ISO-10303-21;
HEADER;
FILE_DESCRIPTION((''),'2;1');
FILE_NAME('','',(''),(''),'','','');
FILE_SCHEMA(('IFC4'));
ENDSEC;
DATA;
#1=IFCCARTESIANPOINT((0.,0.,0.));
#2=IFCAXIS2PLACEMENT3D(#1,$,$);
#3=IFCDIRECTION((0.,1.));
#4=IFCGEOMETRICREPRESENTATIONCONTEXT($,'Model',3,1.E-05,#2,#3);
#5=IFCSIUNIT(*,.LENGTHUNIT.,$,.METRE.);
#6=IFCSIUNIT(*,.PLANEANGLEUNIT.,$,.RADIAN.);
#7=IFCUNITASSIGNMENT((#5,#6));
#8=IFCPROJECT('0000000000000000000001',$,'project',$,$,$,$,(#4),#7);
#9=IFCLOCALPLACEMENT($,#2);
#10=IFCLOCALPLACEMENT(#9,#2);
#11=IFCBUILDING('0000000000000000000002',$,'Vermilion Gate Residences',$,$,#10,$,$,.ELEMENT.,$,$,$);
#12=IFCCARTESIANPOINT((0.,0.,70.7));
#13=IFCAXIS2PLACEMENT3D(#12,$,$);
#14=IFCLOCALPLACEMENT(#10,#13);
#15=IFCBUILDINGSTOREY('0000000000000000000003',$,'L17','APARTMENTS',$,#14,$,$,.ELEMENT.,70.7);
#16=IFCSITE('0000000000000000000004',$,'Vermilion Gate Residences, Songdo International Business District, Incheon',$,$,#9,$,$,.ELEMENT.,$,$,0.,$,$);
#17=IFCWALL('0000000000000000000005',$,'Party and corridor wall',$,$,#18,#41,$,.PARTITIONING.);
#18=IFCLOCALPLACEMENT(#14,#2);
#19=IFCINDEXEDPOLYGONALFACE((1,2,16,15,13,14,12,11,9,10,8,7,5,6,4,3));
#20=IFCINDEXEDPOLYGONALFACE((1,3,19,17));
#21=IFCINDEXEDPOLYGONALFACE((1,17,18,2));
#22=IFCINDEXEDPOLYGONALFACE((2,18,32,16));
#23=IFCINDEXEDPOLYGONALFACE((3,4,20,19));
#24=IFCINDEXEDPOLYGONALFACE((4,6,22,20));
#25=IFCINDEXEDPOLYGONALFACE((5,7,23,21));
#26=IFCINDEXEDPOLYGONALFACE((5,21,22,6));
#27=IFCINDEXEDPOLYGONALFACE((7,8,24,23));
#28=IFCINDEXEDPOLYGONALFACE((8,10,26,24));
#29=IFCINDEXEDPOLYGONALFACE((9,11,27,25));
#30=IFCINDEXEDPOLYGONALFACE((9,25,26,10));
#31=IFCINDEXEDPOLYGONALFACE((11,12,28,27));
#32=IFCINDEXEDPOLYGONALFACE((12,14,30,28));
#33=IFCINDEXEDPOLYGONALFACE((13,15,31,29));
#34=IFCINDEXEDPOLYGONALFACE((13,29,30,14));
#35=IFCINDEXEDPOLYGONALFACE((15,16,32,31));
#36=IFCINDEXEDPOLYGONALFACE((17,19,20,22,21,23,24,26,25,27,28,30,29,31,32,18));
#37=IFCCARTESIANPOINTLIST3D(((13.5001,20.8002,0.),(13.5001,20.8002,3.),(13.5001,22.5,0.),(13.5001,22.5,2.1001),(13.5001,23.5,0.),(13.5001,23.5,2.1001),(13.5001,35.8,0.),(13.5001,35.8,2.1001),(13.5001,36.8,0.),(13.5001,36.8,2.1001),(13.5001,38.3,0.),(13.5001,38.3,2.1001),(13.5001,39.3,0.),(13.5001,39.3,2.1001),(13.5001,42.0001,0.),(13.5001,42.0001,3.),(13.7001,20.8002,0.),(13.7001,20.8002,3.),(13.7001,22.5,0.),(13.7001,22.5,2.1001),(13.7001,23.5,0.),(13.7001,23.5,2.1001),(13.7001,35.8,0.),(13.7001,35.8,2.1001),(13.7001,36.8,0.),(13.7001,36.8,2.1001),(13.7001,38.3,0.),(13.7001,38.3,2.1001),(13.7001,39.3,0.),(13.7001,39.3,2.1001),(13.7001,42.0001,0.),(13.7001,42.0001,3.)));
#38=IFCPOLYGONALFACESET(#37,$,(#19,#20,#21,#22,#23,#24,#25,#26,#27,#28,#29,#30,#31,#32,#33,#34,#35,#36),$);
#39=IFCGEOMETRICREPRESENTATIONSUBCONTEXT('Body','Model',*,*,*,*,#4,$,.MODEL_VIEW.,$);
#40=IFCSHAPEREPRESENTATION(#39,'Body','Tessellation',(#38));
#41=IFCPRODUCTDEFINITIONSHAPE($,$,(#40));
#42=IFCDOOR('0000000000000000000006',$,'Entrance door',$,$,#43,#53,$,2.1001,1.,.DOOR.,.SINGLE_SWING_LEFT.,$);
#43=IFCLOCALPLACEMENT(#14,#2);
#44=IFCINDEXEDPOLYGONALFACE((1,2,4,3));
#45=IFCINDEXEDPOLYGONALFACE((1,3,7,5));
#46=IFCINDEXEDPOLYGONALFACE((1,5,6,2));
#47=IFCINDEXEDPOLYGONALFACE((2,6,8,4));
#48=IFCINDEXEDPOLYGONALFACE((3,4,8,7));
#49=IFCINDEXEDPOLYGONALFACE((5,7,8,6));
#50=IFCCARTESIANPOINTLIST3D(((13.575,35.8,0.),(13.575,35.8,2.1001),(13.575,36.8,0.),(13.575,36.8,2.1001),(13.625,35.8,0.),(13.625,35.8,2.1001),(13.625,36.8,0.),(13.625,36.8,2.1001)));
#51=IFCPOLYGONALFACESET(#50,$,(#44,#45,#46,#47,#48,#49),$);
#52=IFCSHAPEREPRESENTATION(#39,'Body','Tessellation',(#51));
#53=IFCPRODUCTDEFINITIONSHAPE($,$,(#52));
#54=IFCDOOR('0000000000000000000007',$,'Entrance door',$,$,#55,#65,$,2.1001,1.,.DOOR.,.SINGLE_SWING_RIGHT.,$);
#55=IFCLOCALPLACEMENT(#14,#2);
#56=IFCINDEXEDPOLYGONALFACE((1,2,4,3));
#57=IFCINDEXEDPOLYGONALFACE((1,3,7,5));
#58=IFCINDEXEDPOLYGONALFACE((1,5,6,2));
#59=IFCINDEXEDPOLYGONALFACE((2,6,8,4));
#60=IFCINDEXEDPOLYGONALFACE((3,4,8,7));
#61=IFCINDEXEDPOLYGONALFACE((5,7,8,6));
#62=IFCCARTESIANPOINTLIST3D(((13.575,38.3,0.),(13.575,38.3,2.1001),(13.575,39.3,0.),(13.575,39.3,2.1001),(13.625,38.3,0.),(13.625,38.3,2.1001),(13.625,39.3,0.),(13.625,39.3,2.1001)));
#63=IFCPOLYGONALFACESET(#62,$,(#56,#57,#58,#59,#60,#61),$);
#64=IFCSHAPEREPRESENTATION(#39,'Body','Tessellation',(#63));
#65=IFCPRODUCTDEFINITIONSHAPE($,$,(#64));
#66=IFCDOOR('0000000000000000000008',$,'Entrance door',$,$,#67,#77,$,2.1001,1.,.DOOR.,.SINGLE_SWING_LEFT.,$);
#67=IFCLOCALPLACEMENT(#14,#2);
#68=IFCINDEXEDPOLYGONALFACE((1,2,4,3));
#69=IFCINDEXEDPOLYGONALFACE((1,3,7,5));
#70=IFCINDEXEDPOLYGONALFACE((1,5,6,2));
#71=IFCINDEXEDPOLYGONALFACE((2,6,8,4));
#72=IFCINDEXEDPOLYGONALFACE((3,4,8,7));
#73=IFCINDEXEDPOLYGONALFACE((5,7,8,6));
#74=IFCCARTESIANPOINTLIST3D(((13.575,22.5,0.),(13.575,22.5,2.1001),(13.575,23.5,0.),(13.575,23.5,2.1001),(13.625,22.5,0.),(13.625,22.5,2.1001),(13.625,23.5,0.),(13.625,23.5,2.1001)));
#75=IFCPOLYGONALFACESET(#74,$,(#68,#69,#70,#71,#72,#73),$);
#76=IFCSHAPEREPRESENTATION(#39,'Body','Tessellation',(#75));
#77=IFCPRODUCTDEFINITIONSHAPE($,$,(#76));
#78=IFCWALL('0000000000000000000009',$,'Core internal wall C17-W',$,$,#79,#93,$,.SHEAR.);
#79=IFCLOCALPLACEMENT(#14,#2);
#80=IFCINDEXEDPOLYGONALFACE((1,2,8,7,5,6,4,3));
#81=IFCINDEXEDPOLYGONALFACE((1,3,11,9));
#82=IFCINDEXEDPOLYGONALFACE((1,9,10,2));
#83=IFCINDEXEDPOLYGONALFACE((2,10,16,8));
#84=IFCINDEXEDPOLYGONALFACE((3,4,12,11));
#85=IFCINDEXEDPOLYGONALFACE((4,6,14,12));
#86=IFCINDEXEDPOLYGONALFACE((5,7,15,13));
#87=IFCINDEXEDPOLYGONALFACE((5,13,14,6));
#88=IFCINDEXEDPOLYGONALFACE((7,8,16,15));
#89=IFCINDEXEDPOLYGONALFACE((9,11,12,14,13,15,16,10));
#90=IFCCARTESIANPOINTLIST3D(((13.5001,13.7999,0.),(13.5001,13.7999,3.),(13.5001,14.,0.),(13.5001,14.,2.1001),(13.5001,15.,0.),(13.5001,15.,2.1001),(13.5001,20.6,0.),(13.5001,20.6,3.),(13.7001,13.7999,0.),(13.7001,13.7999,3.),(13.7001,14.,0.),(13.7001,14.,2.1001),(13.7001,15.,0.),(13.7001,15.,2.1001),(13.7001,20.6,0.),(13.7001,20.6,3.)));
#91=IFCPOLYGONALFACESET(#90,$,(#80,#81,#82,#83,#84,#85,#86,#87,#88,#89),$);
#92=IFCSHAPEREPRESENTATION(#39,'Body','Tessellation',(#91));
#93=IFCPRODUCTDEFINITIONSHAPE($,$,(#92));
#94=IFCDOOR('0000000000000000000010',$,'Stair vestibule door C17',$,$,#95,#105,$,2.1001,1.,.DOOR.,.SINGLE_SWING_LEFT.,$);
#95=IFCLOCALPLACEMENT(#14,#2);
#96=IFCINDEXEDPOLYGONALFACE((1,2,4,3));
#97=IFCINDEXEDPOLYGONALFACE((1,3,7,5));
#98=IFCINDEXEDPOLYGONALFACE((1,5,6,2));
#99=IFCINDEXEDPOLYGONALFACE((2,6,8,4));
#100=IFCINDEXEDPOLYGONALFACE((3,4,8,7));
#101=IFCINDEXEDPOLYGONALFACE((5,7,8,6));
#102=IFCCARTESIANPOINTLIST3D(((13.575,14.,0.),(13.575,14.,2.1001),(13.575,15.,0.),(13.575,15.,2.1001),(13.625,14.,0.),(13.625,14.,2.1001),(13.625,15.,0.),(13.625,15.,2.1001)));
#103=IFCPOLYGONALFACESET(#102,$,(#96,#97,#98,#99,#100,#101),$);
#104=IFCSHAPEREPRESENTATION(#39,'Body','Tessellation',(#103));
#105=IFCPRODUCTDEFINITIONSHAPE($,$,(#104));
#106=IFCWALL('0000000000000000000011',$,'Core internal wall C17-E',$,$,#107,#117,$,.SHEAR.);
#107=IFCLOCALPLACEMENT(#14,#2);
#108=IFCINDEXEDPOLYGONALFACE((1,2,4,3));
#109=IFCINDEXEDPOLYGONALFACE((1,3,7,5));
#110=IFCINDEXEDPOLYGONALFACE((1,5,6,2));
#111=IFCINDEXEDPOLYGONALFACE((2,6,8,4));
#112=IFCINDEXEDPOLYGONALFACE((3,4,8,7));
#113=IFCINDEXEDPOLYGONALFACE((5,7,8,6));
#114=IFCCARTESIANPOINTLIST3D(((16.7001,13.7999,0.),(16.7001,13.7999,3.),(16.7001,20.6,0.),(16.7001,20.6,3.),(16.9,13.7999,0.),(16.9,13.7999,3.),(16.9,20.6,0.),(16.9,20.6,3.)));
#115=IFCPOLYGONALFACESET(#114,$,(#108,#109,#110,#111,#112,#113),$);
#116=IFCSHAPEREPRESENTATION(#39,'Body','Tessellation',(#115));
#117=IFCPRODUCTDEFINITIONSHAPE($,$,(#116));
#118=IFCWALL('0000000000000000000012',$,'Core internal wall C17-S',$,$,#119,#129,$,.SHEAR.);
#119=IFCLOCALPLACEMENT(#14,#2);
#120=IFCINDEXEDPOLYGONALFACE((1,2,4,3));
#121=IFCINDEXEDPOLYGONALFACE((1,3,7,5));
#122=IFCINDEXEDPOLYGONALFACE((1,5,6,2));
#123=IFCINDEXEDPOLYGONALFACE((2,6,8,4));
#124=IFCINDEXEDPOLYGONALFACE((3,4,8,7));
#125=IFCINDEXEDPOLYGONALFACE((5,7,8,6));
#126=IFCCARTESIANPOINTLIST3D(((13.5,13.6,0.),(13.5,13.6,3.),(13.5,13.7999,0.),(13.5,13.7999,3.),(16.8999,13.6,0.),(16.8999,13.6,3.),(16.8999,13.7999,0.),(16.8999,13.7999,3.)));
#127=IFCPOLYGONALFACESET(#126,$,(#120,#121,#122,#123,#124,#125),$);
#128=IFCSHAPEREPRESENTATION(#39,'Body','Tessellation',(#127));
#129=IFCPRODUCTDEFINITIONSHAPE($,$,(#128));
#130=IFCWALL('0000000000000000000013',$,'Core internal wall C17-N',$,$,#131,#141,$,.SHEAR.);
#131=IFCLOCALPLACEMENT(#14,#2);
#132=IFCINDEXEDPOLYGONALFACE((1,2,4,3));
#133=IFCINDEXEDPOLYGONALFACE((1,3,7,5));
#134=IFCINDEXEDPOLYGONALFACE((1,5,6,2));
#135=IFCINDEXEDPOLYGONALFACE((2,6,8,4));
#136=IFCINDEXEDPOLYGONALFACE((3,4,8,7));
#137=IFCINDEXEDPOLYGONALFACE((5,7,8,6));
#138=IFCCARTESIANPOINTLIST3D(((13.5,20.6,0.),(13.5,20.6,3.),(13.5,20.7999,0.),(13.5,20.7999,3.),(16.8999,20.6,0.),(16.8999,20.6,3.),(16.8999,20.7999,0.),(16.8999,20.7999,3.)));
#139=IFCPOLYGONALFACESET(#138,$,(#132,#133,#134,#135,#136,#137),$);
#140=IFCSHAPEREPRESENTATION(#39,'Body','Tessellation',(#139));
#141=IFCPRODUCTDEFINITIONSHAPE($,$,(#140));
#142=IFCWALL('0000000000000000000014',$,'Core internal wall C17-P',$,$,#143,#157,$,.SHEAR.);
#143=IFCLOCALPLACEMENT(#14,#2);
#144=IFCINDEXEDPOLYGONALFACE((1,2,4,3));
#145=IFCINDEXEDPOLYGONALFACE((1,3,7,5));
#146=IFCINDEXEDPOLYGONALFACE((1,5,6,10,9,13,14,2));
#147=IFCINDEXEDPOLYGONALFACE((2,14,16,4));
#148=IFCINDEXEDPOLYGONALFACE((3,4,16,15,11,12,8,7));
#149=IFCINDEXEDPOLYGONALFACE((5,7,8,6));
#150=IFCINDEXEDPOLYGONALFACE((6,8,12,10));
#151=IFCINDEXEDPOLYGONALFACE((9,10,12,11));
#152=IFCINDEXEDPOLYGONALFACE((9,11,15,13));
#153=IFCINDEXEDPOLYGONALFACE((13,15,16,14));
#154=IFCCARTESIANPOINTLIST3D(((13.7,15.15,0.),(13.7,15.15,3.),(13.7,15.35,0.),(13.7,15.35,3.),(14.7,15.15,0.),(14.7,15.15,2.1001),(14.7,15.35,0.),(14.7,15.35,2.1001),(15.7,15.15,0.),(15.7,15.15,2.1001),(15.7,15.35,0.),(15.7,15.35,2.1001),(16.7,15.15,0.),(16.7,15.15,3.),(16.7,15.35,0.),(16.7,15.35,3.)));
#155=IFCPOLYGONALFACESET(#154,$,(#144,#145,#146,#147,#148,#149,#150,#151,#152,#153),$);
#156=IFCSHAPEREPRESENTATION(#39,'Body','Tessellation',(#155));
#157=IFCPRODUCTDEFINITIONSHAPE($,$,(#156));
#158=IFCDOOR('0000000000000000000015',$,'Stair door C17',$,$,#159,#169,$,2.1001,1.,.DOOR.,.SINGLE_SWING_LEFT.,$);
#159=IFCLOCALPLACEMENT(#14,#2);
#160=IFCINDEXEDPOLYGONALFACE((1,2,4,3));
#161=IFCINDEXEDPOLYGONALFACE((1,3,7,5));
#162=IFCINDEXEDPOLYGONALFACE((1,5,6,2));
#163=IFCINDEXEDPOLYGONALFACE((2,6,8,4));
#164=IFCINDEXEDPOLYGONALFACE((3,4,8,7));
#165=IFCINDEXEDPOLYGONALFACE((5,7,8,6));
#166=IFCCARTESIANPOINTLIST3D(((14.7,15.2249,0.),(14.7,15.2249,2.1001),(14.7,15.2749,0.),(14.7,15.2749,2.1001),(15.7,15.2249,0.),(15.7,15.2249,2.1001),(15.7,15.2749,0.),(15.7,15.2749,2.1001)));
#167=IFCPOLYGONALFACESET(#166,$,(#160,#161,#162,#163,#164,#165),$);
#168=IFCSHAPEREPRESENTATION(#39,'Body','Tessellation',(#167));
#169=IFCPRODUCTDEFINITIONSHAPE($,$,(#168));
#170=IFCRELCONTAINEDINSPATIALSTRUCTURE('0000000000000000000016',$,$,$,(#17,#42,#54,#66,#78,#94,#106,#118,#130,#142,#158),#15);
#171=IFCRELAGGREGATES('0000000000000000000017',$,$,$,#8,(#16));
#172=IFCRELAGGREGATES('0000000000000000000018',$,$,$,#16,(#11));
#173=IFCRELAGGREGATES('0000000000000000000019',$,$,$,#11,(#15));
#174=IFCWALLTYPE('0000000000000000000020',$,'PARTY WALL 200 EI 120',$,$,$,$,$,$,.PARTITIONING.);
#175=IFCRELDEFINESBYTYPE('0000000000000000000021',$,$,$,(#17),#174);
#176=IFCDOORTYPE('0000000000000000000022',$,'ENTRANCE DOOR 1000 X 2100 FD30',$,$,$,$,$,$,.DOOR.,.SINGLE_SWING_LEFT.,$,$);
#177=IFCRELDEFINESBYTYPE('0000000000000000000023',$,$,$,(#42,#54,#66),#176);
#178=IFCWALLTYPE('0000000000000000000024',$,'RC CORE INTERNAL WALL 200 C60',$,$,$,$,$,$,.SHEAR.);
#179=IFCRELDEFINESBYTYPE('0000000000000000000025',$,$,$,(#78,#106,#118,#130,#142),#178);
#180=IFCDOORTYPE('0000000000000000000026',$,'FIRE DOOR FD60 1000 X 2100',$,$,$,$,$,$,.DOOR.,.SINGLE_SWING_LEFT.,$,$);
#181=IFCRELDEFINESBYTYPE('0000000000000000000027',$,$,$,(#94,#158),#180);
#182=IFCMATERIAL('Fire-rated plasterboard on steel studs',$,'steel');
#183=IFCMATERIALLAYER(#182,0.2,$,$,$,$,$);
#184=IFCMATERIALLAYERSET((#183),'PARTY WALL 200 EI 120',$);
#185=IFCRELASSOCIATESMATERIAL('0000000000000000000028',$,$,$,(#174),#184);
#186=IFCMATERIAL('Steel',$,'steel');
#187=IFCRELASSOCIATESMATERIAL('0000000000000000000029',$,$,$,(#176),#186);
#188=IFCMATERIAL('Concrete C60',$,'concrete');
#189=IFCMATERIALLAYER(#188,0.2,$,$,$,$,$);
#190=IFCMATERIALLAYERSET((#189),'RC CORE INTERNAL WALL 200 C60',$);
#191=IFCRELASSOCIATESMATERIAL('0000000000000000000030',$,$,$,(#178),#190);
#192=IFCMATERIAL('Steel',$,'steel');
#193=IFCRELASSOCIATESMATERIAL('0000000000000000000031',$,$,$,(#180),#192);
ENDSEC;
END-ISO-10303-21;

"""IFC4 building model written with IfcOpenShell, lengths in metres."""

from ifc_helpers import new_model, si_unit, direction, frame, frame_2d, origin, place, context, subcontext, project, spatial, rectangle, extrude, material, layer, layer_set, type_object, element, fill, save


model = new_model("IFC4")

# Units and contexts
model_context = context("Model", 3, precision=1e-05, world=origin(), true_north=direction((0.0, 1.0)))
body_context = subcontext(model_context, "Body", "Model", "MODEL_VIEW")
ifc_project = project(units=[si_unit("LENGTHUNIT", "METRE"), si_unit("PLANEANGLEUNIT", "RADIAN")], contexts=[model_context])

# Site, building, storey
site_placement = place(None, origin())
site = spatial("IfcSite", under=ifc_project, at=site_placement, Name="Vermilion Gate Residences, Songdo International Business District, Incheon", CompositionType="ELEMENT", RefElevation=0.0)
building_placement = place(site_placement, origin())
building = spatial("IfcBuilding", under=site, at=building_placement, Name="Vermilion Gate Residences", CompositionType="ELEMENT")
storey_placement = place(building_placement, frame((0.0, 0.0, 70.7)))
storey = spatial("IfcBuildingStorey", under=building, at=storey_placement, Name="L17", Description="APARTMENTS", CompositionType="ELEMENT", Elevation=70.7)

# Wall, openings, doors
ifc_material_1 = material(Name="Fire-rated plasterboard on steel studs", Category="steel")
ifc_layer_1 = layer(ifc_material_1, 0.2)
ifc_layer_set_1 = layer_set([ifc_layer_1], Name="PARTY WALL 200 EI 120")
wall_type_1 = type_object("IfcWallType", Name="PARTY WALL 200 EI 120", PredefinedType="PARTITIONING", material=ifc_layer_set_1)
ifc_material_2 = material(Name="Steel", Category="steel")
door_type_1 = type_object("IfcDoorType", Name="ENTRANCE DOOR 1000 X 2100 FD30", OperationType="SINGLE_SWING_LEFT", PredefinedType="DOOR", material=ifc_material_2)
wall_1_placement = place(storey_placement, frame((13.6001, 20.8, 0.0), z_axis=(0.0, 0.0, 1.0), x_axis=(0.0, 1.0, 0.0)))
wall_1 = element("IfcWall", 1, at=wall_1_placement, inside=storey, type_object=wall_type_1, Name="Party and corridor wall", PredefinedType="PARTITIONING", context=body_context, shape_type="SweptSolid", body=[
    extrude(rectangle(XDim=21.2, YDim=0.2, at=frame_2d((10.6001, 0.0))), origin(), (0.0, 0.0, 1.0), 3.0),
])
opening_1_placement = place(wall_1_placement, frame((15.0, 0.0, 0.0)))
opening_1 = element("IfcOpeningElement", 2, at=opening_1_placement, cuts=wall_1, PredefinedType="OPENING", context=body_context, shape_type="SweptSolid", body=[
    extrude(rectangle(XDim=1.0, YDim=2.1001, at=frame_2d((0.5, 1.05))), frame((0.0, 0.1099, 0.0), z_axis=(0.0, -1.0, 0.0), x_axis=(1.0, 0.0, 0.0)), (0.0, 0.0, 1.0), 0.22),
])
opening_2_placement = place(wall_1_placement, frame((17.5, 0.0, 0.0)))
opening_2 = element("IfcOpeningElement", 3, at=opening_2_placement, cuts=wall_1, PredefinedType="OPENING", context=body_context, shape_type="SweptSolid", body=[
    extrude(rectangle(XDim=1.0, YDim=2.1001, at=frame_2d((0.5, 1.05))), frame((0.0, 0.1099, 0.0), z_axis=(0.0, -1.0, 0.0), x_axis=(1.0, 0.0, 0.0)), (0.0, 0.0, 1.0), 0.22),
])
opening_3_placement = place(wall_1_placement, frame((1.7, 0.0, 0.0)))
opening_3 = element("IfcOpeningElement", 4, at=opening_3_placement, cuts=wall_1, PredefinedType="OPENING", context=body_context, shape_type="SweptSolid", body=[
    extrude(rectangle(XDim=1.0, YDim=2.1001, at=frame_2d((0.5, 1.05))), frame((0.0, 0.1099, 0.0), z_axis=(0.0, -1.0, 0.0), x_axis=(1.0, 0.0, 0.0)), (0.0, 0.0, 1.0), 0.22),
])
door_1_placement = place(opening_1_placement, frame((1.0, 0.0, 0.0), z_axis=(0.0, 0.0, 1.0), x_axis=(-1.0, 0.0, 0.0)))
door_1 = element("IfcDoor", 5, at=door_1_placement, inside=storey, type_object=door_type_1, Name="Entrance door", OperationType="SINGLE_SWING_LEFT", OverallHeight=2.1001, OverallWidth=1.0, PredefinedType="DOOR", context=body_context, shape_type="SweptSolid", body=[
    extrude(rectangle(XDim=1.0, YDim=2.1001, at=frame_2d((0.5, 1.05))), frame((0.0, 0.0249, 0.0), z_axis=(0.0, -1.0, 0.0), x_axis=(1.0, 0.0, 0.0)), (0.0, 0.0, 1.0), 0.05),
])
fill(opening_1, door_1)
door_2_placement = place(opening_2_placement, frame((1.0, 0.0, 0.0), z_axis=(0.0, 0.0, 1.0), x_axis=(-1.0, 0.0, 0.0)))
door_2 = element("IfcDoor", 6, at=door_2_placement, inside=storey, type_object=door_type_1, Name="Entrance door", OperationType="SINGLE_SWING_RIGHT", OverallHeight=2.1001, OverallWidth=1.0, PredefinedType="DOOR", context=body_context, shape_type="SweptSolid", body=[
    extrude(rectangle(XDim=1.0, YDim=2.1001, at=frame_2d((0.5, 1.05))), frame((0.0, 0.0249, 0.0), z_axis=(0.0, -1.0, 0.0), x_axis=(1.0, 0.0, 0.0)), (0.0, 0.0, 1.0), 0.05),
])
fill(opening_2, door_2)
door_3_placement = place(opening_3_placement, frame((1.0, 0.0, 0.0), z_axis=(0.0, 0.0, 1.0), x_axis=(-1.0, 0.0, 0.0)))
door_3 = element("IfcDoor", 7, at=door_3_placement, inside=storey, type_object=door_type_1, Name="Entrance door", OperationType="SINGLE_SWING_LEFT", OverallHeight=2.1001, OverallWidth=1.0, PredefinedType="DOOR", context=body_context, shape_type="SweptSolid", body=[
    extrude(rectangle(XDim=1.0, YDim=2.1001, at=frame_2d((0.5, 1.05))), frame((0.0, 0.0249, 0.0), z_axis=(0.0, -1.0, 0.0), x_axis=(1.0, 0.0, 0.0)), (0.0, 0.0, 1.0), 0.05),
])
fill(opening_3, door_3)

# Wall, opening, door
ifc_material_3 = material(Name="Concrete C60", Category="concrete")
ifc_layer_2 = layer(ifc_material_3, 0.2)
ifc_layer_set_2 = layer_set([ifc_layer_2], Name="RC CORE INTERNAL WALL 200 C60")
wall_type_2 = type_object("IfcWallType", Name="RC CORE INTERNAL WALL 200 C60", PredefinedType="SHEAR", material=ifc_layer_set_2)
wall_2_placement = place(storey_placement, frame((13.6001, 13.8, 0.0), z_axis=(0.0, 0.0, 1.0), x_axis=(0.0, 1.0, 0.0)))
wall_2 = element("IfcWall", 8, at=wall_2_placement, inside=storey, type_object=wall_type_2, Name="Core internal wall C17-W", PredefinedType="SHEAR", context=body_context, shape_type="SweptSolid", body=[
    extrude(rectangle(XDim=6.8, YDim=0.2, at=frame_2d((3.3999, 0.0))), origin(), (0.0, 0.0, 1.0), 3.0),
])
opening_4_placement = place(wall_2_placement, frame((0.2, 0.0, 0.0)))
opening_4 = element("IfcOpeningElement", 9, at=opening_4_placement, cuts=wall_2, PredefinedType="OPENING", context=body_context, shape_type="SweptSolid", body=[
    extrude(rectangle(XDim=1.0, YDim=2.1001, at=frame_2d((0.5, 1.05))), frame((0.0, 0.1099, 0.0), z_axis=(0.0, -1.0, 0.0), x_axis=(1.0, 0.0, 0.0)), (0.0, 0.0, 1.0), 0.22),
])
ifc_material_4 = material(Name="Steel", Category="steel")
door_type_2 = type_object("IfcDoorType", Name="FIRE DOOR FD60 1000 X 2100", OperationType="SINGLE_SWING_LEFT", PredefinedType="DOOR", material=ifc_material_4)
door_4_placement = place(opening_4_placement, frame((1.0, 0.0, 0.0), z_axis=(0.0, 0.0, 1.0), x_axis=(-1.0, 0.0, 0.0)))
door_4 = element("IfcDoor", 10, at=door_4_placement, inside=storey, type_object=door_type_2, Name="Stair vestibule door C17", OperationType="SINGLE_SWING_LEFT", OverallHeight=2.1001, OverallWidth=1.0, PredefinedType="DOOR", context=body_context, shape_type="SweptSolid", body=[
    extrude(rectangle(XDim=1.0, YDim=2.1001, at=frame_2d((0.5, 1.05))), frame((0.0, 0.0249, 0.0), z_axis=(0.0, -1.0, 0.0), x_axis=(1.0, 0.0, 0.0)), (0.0, 0.0, 1.0), 0.05),
])
fill(opening_4, door_4)

# Walls
wall_3_placement = place(storey_placement, frame((16.8, 13.8, 0.0), z_axis=(0.0, 0.0, 1.0), x_axis=(0.0, 1.0, 0.0)))
element("IfcWall", 11, at=wall_3_placement, inside=storey, type_object=wall_type_2, Name="Core internal wall C17-E", PredefinedType="SHEAR", context=body_context, shape_type="SweptSolid", body=[
    extrude(rectangle(XDim=6.8, YDim=0.2, at=frame_2d((3.3999, 0.0))), origin(), (0.0, 0.0, 1.0), 3.0),
])
for number, where, z_axis, x_axis, name in (
    (12, (13.5, 13.7, 0.0), (0.0, 0.0, 1.0), (1.0, 0.0, 0.0), "Core internal wall C17-S"),
    (13, (13.5, 20.7, 0.0), (0.0, 0.0, 1.0), (1.0, 0.0, 0.0), "Core internal wall C17-N"),
):
    element("IfcWall", number, at=place(storey_placement, frame(where, z_axis=z_axis, x_axis=x_axis)), inside=storey, type_object=wall_type_2, Name=name, PredefinedType="SHEAR", context=body_context, shape_type="SweptSolid", body=[
        extrude(rectangle(XDim=3.3999, YDim=0.2, at=frame_2d((1.7, 0.0))), origin(), (0.0, 0.0, 1.0), 3.0),
    ])

# Wall, opening, door
wall_4_placement = place(storey_placement, frame((13.7, 15.25, 0.0), z_axis=(0.0, 0.0, 1.0), x_axis=(1.0, 0.0, 0.0)))
wall_4 = element("IfcWall", 14, at=wall_4_placement, inside=storey, type_object=wall_type_2, Name="Core internal wall C17-P", PredefinedType="SHEAR", context=body_context, shape_type="SweptSolid", body=[
    extrude(rectangle(XDim=3.0, YDim=0.2, at=frame_2d((1.5, 0.0))), origin(), (0.0, 0.0, 1.0), 3.0),
])
opening_5_placement = place(wall_4_placement, frame((1.0, 0.0, 0.0)))
opening_5 = element("IfcOpeningElement", 15, at=opening_5_placement, cuts=wall_4, PredefinedType="OPENING", context=body_context, shape_type="SweptSolid", body=[
    extrude(rectangle(XDim=1.0, YDim=2.1001, at=frame_2d((0.5, 1.05))), frame((0.0, 0.1099, 0.0), z_axis=(0.0, -1.0, 0.0), x_axis=(1.0, 0.0, 0.0)), (0.0, 0.0, 1.0), 0.22),
])
door_5_placement = place(opening_5_placement, origin())
door_5 = element("IfcDoor", 16, at=door_5_placement, inside=storey, type_object=door_type_2, Name="Stair door C17", OperationType="SINGLE_SWING_LEFT", OverallHeight=2.1001, OverallWidth=1.0, PredefinedType="DOOR", context=body_context, shape_type="SweptSolid", body=[
    extrude(rectangle(XDim=1.0, YDim=2.1001, at=frame_2d((0.5, 1.05))), frame((0.0, 0.0249, 0.0), z_axis=(0.0, -1.0, 0.0), x_axis=(1.0, 0.0, 0.0)), (0.0, 0.0, 1.0), 0.05),
])
fill(opening_5, door_5)

save(model, "model.ifc")
